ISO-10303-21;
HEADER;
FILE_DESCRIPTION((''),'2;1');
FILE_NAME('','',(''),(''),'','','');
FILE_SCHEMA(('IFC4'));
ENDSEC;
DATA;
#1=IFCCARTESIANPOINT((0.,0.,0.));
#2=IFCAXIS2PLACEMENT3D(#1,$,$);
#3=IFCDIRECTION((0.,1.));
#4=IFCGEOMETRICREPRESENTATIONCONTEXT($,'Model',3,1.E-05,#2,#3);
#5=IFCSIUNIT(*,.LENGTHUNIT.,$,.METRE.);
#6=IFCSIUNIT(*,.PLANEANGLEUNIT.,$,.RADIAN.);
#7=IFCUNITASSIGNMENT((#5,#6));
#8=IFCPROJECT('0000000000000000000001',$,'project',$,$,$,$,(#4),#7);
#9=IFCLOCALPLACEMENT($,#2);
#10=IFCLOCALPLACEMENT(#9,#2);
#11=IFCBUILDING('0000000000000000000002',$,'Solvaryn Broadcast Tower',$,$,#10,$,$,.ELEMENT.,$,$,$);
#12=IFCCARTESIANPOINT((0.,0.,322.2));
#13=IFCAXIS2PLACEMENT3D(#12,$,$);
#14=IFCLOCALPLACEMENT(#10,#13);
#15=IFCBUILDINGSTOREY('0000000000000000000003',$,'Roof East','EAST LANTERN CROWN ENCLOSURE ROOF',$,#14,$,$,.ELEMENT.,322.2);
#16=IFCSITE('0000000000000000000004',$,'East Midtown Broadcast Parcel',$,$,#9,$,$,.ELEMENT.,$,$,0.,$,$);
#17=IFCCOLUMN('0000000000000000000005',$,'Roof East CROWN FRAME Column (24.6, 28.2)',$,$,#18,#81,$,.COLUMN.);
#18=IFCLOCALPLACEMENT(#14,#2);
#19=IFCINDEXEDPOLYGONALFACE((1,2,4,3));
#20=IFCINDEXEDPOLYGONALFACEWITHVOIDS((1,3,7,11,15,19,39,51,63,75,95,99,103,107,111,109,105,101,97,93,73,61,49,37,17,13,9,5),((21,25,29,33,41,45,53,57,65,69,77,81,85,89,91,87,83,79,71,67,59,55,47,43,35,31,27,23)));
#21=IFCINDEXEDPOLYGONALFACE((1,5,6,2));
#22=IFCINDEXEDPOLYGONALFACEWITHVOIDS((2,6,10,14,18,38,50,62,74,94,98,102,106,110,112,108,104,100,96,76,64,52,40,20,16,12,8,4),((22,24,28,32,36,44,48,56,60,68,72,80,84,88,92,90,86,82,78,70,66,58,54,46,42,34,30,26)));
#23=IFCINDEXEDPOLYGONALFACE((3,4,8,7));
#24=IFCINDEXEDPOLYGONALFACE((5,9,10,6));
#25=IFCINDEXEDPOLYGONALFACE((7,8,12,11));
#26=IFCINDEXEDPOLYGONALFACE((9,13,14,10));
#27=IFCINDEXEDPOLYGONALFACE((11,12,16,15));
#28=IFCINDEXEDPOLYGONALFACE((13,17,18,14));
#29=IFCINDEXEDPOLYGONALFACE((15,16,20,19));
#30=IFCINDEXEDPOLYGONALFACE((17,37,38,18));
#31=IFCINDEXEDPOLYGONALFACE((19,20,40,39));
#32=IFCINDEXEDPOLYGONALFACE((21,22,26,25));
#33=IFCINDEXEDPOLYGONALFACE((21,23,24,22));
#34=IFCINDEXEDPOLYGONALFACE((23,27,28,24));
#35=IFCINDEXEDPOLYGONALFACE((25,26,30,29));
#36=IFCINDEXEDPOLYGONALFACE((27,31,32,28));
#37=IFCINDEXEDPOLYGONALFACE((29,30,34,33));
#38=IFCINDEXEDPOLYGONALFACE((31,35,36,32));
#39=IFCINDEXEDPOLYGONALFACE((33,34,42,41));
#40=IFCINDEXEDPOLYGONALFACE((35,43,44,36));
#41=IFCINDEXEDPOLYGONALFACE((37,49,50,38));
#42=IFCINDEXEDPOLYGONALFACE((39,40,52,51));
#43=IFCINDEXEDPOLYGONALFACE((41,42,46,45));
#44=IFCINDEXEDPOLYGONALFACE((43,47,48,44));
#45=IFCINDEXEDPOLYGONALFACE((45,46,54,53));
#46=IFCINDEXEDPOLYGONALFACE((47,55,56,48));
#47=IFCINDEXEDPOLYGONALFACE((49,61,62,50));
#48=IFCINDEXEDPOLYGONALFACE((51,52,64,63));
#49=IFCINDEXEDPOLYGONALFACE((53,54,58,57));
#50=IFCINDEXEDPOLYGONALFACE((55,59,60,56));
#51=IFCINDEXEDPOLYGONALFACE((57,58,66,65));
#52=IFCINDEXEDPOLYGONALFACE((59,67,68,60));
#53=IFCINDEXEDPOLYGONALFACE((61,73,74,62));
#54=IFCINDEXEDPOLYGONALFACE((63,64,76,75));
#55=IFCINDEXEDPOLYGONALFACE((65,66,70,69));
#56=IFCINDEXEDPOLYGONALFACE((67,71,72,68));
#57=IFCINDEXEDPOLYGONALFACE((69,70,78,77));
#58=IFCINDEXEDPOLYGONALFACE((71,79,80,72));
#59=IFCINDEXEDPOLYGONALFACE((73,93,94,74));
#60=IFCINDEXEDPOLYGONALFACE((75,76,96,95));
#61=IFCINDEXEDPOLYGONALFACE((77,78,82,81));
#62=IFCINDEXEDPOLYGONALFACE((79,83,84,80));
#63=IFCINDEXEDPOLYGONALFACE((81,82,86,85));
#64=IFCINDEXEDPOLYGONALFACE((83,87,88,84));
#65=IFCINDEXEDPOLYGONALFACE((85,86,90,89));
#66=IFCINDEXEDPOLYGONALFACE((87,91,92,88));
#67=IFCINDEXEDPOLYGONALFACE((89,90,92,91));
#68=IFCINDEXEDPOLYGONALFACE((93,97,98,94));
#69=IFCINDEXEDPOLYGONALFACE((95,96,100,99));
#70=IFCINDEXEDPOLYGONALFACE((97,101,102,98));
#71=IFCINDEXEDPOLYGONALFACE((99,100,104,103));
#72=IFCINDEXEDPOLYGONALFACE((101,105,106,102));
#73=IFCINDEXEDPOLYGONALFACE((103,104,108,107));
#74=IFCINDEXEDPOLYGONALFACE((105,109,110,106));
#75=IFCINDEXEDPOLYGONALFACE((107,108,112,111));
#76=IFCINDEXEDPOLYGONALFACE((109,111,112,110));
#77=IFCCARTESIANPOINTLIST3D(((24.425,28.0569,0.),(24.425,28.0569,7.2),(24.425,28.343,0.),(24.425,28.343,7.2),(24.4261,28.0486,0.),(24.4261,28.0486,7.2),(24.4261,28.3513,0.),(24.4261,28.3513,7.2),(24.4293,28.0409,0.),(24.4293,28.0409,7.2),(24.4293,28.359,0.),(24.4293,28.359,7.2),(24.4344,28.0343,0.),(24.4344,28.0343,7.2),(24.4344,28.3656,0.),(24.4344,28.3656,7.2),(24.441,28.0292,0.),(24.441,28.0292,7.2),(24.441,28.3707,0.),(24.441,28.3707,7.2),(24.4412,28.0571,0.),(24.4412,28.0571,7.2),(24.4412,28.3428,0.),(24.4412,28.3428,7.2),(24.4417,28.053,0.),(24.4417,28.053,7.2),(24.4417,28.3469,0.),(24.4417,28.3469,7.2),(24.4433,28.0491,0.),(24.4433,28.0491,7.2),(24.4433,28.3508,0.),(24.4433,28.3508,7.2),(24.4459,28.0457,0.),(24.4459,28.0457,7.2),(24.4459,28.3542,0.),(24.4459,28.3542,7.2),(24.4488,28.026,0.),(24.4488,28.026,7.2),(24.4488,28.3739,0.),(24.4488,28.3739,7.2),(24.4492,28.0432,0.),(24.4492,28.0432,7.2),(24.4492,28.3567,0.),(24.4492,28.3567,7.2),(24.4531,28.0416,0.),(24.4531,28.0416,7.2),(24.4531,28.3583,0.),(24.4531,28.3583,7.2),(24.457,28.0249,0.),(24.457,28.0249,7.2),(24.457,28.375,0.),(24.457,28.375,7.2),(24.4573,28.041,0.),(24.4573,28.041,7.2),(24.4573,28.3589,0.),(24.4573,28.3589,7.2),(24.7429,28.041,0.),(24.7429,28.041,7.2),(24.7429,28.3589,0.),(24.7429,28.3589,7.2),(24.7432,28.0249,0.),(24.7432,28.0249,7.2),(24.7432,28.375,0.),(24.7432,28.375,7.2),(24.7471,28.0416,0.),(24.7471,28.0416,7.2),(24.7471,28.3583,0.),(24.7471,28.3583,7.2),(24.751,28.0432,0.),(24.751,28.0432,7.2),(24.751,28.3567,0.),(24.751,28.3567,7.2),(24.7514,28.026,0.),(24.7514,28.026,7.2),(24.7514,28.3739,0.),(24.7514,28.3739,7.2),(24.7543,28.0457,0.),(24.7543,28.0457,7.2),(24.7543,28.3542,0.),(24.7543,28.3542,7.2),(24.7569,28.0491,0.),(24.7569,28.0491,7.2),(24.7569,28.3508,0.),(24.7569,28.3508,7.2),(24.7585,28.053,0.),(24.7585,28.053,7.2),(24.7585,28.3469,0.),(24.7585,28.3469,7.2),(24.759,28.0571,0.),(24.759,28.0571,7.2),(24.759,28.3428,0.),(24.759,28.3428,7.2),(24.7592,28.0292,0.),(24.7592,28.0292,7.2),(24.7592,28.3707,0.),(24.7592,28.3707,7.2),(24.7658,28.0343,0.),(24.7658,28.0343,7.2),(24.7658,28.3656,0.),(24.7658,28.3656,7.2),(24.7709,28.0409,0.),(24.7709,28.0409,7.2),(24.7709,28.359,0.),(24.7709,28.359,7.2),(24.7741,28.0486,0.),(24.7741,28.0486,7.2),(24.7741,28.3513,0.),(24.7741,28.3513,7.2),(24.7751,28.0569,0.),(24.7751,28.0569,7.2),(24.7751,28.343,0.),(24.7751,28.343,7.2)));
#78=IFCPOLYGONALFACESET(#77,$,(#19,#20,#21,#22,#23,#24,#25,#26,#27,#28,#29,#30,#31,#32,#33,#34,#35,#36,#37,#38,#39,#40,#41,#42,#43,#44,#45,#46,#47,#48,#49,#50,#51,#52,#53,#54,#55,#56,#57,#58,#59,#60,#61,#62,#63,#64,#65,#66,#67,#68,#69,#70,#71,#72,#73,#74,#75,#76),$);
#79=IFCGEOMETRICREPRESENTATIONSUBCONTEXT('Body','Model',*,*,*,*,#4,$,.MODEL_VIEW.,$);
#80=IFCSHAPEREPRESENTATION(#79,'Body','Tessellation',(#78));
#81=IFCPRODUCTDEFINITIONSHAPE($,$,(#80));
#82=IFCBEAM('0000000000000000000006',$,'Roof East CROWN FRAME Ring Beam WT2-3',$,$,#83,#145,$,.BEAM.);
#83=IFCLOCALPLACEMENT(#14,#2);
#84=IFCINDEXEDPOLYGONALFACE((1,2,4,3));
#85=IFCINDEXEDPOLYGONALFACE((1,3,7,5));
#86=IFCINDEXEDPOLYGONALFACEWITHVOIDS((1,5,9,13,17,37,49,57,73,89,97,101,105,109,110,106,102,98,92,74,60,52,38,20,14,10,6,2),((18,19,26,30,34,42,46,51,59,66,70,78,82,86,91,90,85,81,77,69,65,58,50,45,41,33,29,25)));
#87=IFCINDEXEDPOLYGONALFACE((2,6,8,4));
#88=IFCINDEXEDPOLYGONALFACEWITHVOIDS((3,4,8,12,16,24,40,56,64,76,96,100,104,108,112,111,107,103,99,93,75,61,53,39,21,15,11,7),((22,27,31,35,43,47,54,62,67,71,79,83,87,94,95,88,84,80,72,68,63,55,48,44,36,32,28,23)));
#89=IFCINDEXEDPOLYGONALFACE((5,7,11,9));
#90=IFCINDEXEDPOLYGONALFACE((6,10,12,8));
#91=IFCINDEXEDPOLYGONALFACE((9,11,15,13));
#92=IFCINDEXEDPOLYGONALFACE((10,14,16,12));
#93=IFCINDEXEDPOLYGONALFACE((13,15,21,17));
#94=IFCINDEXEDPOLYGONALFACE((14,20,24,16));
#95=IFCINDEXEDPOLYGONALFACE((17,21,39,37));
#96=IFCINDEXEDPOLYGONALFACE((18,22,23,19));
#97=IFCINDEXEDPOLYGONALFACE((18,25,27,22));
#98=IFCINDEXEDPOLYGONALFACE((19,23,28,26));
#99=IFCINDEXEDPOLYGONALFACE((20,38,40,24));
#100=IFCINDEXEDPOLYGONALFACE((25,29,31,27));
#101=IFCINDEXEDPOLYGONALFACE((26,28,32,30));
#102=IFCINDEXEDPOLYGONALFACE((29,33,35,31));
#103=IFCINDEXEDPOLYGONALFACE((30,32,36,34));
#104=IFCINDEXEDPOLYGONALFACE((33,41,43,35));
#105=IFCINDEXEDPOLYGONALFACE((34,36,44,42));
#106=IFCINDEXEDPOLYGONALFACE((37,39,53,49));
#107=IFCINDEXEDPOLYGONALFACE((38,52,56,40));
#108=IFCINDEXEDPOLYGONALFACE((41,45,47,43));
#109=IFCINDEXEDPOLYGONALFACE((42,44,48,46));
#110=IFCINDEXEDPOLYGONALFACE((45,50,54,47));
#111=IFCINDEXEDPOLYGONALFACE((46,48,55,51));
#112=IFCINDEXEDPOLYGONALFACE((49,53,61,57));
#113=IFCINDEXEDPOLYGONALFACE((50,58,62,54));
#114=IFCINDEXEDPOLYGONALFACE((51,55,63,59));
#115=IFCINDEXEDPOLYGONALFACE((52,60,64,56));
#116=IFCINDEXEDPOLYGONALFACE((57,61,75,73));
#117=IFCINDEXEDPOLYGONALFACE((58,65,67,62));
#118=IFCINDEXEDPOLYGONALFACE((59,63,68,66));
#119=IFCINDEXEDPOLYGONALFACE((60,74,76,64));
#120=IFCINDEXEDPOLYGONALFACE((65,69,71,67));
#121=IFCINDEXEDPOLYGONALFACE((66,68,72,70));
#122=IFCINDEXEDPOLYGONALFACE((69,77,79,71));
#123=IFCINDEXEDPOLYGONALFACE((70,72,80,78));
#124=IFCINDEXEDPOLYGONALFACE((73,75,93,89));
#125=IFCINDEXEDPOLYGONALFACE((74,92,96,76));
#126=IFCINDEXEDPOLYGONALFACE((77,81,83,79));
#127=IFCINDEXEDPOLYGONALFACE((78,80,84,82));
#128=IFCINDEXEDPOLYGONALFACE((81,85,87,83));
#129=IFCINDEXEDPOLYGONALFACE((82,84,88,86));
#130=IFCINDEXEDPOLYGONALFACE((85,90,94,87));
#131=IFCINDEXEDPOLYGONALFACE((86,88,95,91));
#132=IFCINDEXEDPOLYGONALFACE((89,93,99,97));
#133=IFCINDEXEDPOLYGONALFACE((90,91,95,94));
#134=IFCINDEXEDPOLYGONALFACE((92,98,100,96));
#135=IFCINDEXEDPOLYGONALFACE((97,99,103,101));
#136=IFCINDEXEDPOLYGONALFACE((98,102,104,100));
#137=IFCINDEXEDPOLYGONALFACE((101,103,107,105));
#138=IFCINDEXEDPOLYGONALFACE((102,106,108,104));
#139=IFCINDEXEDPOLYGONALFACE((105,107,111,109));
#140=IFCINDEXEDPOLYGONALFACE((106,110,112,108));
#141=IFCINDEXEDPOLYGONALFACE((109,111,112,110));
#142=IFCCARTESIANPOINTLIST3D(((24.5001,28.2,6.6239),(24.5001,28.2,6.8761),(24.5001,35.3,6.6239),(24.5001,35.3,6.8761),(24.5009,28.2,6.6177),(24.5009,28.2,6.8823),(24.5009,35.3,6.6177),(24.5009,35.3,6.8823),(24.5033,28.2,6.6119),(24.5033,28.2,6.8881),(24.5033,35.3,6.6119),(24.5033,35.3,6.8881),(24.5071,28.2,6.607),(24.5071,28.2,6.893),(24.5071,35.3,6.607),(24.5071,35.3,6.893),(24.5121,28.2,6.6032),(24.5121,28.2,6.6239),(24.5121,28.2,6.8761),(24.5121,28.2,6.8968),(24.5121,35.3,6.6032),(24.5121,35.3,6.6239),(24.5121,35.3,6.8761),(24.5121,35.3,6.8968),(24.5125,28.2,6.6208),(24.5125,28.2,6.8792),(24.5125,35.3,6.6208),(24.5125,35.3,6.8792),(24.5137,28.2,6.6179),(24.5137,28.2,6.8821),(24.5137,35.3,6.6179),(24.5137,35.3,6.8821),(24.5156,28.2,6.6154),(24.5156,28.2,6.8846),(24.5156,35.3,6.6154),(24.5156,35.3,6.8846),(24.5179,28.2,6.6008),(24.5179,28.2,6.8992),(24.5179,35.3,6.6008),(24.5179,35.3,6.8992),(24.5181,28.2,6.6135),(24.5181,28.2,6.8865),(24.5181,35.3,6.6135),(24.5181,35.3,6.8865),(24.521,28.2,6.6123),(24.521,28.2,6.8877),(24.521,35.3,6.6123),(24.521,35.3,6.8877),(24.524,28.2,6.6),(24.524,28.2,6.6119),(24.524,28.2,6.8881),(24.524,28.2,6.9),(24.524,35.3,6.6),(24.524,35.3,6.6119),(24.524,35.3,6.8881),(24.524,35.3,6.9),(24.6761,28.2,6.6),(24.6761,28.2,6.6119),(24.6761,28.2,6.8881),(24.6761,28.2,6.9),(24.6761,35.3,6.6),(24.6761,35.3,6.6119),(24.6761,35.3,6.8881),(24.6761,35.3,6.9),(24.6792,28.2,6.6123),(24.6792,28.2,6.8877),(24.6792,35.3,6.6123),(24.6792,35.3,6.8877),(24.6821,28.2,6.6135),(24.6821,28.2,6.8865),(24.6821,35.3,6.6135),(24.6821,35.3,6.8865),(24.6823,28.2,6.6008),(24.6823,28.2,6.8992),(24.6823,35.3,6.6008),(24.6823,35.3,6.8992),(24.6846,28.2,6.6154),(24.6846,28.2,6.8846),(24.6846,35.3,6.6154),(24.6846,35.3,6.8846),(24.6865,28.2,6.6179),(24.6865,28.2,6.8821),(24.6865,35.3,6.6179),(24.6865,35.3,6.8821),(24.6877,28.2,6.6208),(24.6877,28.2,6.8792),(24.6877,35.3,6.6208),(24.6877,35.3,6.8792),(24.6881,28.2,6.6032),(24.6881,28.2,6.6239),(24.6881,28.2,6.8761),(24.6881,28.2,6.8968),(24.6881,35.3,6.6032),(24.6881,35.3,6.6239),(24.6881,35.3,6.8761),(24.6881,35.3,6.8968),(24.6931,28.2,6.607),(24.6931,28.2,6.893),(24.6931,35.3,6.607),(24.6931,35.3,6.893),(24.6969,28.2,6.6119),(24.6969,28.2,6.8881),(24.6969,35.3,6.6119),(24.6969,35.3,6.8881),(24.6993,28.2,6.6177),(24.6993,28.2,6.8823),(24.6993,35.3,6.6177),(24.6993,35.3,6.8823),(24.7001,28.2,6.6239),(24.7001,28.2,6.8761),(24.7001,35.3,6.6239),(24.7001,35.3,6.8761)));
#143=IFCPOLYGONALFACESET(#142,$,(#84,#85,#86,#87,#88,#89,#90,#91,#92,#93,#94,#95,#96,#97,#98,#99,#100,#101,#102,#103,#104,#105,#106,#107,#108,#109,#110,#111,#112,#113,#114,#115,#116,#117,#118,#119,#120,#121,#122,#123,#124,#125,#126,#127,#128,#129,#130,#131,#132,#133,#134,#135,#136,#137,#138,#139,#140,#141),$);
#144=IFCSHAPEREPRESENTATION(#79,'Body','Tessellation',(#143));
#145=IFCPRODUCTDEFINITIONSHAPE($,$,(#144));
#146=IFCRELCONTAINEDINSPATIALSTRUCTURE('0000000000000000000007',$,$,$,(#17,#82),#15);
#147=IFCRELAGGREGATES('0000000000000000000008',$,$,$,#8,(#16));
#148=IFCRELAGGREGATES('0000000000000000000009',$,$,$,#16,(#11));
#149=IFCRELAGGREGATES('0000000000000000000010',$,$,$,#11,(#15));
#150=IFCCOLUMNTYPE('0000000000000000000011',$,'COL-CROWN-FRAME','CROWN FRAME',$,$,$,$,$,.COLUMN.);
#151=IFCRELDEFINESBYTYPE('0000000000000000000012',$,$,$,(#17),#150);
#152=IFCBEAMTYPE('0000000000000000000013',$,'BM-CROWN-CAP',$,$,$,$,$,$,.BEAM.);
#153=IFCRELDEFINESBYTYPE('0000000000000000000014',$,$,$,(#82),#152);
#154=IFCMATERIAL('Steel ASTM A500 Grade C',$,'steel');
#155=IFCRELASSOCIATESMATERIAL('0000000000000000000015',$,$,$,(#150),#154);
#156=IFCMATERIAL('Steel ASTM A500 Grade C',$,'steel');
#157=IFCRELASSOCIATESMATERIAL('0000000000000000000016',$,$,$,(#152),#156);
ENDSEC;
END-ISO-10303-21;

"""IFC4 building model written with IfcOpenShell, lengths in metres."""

from ifc_helpers import new_model, si_unit, direction, frame, origin, origin_2d, place, context, subcontext, project, spatial, hollow_rectangle, extrude, material, material_profile, profile_set, type_object, element, save


model = new_model("IFC4")

# Units and contexts
model_context = context("Model", 3, precision=1e-05, world=origin(), true_north=direction((0.0, 1.0)))
body_context = subcontext(model_context, "Body", "Model", "MODEL_VIEW")
ifc_project = project(units=[si_unit("LENGTHUNIT", "METRE"), si_unit("PLANEANGLEUNIT", "RADIAN")], contexts=[model_context])

# Site, building, storey
site_placement = place(None, origin())
site = spatial("IfcSite", under=ifc_project, at=site_placement, Name="East Midtown Broadcast Parcel", CompositionType="ELEMENT", RefElevation=0.0)
building_placement = place(site_placement, origin())
building = spatial("IfcBuilding", under=site, at=building_placement, Name="Solvaryn Broadcast Tower", CompositionType="ELEMENT")
storey_placement = place(building_placement, frame((0.0, 0.0, 322.2)))
storey = spatial("IfcBuildingStorey", under=building, at=storey_placement, Name="Roof East", Description="EAST LANTERN CROWN ENCLOSURE ROOF", CompositionType="ELEMENT", Elevation=322.2)

# Column
ifc_material_1 = material(Name="Steel ASTM A500 Grade C", Category="steel")
ifc_material_profile_1 = material_profile(ifc_material_1, hollow_rectangle(XDim=0.3501, YDim=0.3501, WallThickness=0.0161, InnerFilletRadius=0.0161, OuterFilletRadius=0.032, at=origin_2d()))
ifc_profile_set_1 = profile_set([ifc_material_profile_1], Name="Steel ASTM A500 Grade C")
column_type = type_object("IfcColumnType", Name="COL-CROWN-FRAME", Description="CROWN FRAME", PredefinedType="COLUMN", material=ifc_profile_set_1)
column_placement = place(storey_placement, frame((24.6001, 28.2, 0.0), z_axis=(0.0, 0.0, 1.0), x_axis=(1.0, 0.0, 0.0)))
element("IfcColumn", 1, at=column_placement, inside=storey, type_object=column_type, Name="Roof East CROWN FRAME Column (24.6, 28.2)", PredefinedType="COLUMN", context=body_context, shape_type="SweptSolid", body=[
    extrude(hollow_rectangle(XDim=0.3501, YDim=0.3501, WallThickness=0.0161, InnerFilletRadius=0.0161, OuterFilletRadius=0.032, at=origin_2d()), origin(), (0.0, 0.0, 1.0), 7.2),
])

# Beam
ifc_material_2 = material(Name="Steel ASTM A500 Grade C", Category="steel")
ifc_material_profile_2 = material_profile(ifc_material_2, hollow_rectangle(XDim=0.2, YDim=0.3, WallThickness=0.012, InnerFilletRadius=0.012, OuterFilletRadius=0.0239, at=origin_2d()))
ifc_profile_set_2 = profile_set([ifc_material_profile_2], Name="Steel ASTM A500 Grade C")
beam_type_1 = type_object("IfcBeamType", Name="BM-CROWN-CAP", PredefinedType="BEAM", material=ifc_profile_set_2)
beam_1_placement = place(storey_placement, frame((24.6001, 28.2, 6.75), z_axis=(0.0, 1.0, 0.0), x_axis=(-1.0, 0.0, 0.0)))
element("IfcBeam", 2, at=beam_1_placement, inside=storey, type_object=beam_type_1, Name="Roof East CROWN FRAME Ring Beam WT2-3", PredefinedType="BEAM", context=body_context, shape_type="SweptSolid", body=[
    extrude(hollow_rectangle(XDim=0.2, YDim=0.3, WallThickness=0.012, InnerFilletRadius=0.012, OuterFilletRadius=0.0239, at=origin_2d()), origin(), (0.0, 0.0, 1.0), 7.1001),
])

save(model, "model.ifc")
